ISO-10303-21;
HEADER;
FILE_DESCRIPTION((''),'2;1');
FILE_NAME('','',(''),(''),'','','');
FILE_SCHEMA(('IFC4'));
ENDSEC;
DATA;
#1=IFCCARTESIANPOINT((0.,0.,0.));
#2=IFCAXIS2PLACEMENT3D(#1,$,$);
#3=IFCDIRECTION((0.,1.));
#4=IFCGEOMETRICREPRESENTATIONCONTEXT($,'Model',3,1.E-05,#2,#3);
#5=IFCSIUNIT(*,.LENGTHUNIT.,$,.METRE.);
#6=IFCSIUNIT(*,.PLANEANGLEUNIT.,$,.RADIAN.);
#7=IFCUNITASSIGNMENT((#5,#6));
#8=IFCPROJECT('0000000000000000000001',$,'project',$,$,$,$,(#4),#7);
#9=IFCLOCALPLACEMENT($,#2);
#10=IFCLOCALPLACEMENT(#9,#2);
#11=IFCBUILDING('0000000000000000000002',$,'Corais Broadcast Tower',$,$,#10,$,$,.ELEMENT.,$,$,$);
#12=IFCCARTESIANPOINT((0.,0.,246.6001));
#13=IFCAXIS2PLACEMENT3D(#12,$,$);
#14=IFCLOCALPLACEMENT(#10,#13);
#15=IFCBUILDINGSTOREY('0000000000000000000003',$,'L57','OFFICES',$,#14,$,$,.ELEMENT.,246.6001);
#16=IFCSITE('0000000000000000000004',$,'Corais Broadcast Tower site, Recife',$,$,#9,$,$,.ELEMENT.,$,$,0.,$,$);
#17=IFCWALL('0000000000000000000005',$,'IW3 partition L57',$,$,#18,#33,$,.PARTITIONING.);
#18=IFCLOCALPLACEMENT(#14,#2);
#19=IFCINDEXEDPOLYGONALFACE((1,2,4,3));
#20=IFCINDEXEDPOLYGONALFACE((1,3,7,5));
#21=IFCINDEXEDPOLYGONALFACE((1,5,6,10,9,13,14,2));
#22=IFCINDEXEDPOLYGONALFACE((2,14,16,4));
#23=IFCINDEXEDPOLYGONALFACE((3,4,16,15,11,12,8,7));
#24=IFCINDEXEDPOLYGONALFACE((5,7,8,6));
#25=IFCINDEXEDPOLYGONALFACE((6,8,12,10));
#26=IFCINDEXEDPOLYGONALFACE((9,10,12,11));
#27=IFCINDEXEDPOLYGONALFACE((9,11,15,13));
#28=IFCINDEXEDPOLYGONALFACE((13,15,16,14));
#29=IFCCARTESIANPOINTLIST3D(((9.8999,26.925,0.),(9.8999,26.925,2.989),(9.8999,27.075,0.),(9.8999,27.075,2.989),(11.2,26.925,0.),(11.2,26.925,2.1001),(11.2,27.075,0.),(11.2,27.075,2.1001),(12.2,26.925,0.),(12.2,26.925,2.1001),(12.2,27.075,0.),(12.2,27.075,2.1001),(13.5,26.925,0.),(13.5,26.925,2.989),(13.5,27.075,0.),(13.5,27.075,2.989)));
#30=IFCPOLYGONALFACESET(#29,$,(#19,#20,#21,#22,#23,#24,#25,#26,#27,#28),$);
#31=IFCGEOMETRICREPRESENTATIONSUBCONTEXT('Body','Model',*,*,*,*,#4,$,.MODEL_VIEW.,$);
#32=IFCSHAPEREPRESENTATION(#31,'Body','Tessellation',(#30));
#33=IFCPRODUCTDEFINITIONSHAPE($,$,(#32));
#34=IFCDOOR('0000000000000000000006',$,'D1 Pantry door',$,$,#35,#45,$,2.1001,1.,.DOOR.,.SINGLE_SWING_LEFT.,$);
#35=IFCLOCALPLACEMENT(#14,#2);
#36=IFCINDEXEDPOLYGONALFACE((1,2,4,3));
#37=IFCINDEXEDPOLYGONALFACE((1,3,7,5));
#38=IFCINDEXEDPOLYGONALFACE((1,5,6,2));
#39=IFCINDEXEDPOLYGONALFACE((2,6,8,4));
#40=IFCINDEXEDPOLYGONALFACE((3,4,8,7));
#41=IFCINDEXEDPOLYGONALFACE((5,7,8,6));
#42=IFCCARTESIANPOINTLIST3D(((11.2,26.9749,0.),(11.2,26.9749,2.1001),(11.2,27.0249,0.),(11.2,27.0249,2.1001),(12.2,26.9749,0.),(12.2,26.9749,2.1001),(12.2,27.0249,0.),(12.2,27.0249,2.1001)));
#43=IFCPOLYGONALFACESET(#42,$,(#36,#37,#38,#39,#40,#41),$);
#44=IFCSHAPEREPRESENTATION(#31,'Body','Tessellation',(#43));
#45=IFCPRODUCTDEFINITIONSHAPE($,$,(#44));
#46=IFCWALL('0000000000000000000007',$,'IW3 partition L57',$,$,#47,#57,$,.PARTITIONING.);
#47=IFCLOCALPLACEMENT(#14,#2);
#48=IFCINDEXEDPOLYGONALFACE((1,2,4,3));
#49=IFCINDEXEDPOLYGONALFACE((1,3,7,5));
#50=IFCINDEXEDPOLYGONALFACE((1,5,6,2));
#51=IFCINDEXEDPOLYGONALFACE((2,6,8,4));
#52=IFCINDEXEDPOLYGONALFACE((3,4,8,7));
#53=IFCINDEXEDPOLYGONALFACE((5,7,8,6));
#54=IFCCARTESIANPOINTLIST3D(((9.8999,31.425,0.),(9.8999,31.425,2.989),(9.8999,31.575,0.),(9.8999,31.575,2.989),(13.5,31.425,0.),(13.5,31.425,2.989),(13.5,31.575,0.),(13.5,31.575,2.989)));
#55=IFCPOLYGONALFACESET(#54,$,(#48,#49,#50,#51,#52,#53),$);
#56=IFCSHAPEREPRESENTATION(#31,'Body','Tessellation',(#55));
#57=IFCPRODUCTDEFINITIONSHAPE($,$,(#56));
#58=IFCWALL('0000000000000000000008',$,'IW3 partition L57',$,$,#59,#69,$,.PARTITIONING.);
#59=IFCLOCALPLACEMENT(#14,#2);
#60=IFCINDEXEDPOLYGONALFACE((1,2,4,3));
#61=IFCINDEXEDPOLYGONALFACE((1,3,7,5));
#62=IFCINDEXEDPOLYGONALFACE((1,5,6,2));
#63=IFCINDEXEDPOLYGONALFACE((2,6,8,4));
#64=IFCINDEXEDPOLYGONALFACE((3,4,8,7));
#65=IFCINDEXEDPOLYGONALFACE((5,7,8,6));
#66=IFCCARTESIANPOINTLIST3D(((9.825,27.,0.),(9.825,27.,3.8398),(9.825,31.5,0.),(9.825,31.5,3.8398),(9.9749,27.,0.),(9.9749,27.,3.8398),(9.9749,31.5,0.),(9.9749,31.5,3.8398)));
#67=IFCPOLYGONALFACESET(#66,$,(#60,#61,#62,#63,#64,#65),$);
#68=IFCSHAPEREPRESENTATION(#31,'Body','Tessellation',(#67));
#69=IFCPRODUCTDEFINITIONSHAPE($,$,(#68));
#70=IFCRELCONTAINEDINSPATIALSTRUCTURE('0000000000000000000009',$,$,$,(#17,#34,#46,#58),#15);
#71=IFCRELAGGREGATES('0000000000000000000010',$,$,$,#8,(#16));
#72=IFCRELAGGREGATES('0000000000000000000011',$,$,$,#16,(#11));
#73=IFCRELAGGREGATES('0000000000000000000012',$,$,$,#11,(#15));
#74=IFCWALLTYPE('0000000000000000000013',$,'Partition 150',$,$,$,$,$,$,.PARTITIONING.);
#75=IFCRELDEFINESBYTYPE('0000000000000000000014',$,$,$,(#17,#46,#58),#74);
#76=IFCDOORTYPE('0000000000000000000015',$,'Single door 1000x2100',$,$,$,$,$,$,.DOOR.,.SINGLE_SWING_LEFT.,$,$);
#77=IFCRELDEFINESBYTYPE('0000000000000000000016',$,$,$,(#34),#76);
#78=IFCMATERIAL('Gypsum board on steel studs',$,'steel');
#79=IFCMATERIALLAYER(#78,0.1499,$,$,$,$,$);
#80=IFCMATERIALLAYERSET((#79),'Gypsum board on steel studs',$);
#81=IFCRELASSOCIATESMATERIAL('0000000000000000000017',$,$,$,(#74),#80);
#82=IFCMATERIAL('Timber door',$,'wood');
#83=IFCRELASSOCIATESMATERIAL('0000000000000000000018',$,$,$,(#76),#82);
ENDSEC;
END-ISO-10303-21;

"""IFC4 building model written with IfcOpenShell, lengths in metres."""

from ifc_helpers import new_model, si_unit, direction, frame, frame_2d, origin, place, context, subcontext, project, spatial, rectangle, extrude, material, layer, layer_set, type_object, element, fill, save


model = new_model("IFC4")

# Units and contexts
model_context = context("Model", 3, precision=1e-05, world=origin(), true_north=direction((0.0, 1.0)))
body_context = subcontext(model_context, "Body", "Model", "MODEL_VIEW")
ifc_project = project(units=[si_unit("LENGTHUNIT", "METRE"), si_unit("PLANEANGLEUNIT", "RADIAN")], contexts=[model_context])

# Site, building, storey
site_placement = place(None, origin())
site = spatial("IfcSite", under=ifc_project, at=site_placement, Name="Corais Broadcast Tower site, Recife", CompositionType="ELEMENT", RefElevation=0.0)
building_placement = place(site_placement, origin())
building = spatial("IfcBuilding", under=site, at=building_placement, Name="Corais Broadcast Tower", CompositionType="ELEMENT")
storey_placement = place(building_placement, frame((0.0, 0.0, 246.6001)))
storey = spatial("IfcBuildingStorey", under=building, at=storey_placement, Name="L57", Description="OFFICES", CompositionType="ELEMENT", Elevation=246.6001)

# Shared definitions
ifc_material_1 = material(Name="Gypsum board on steel studs", Category="steel")
ifc_layer_1 = layer(ifc_material_1, 0.1499)
ifc_layer_set_1 = layer_set([ifc_layer_1], Name="Gypsum board on steel studs")
wall_type_1 = type_object("IfcWallType", Name="Partition 150", PredefinedType="PARTITIONING", material=ifc_layer_set_1)

# Wall, opening, door
wall_1_placement = place(storey_placement, frame((9.8999, 27.0, 0.0), z_axis=(0.0, 0.0, 1.0), x_axis=(1.0, 0.0, 0.0)))
wall_1 = element("IfcWall", 1, at=wall_1_placement, inside=storey, type_object=wall_type_1, Name="IW3 partition L57", PredefinedType="PARTITIONING", context=body_context, shape_type="SweptSolid", body=[
    extrude(rectangle(XDim=3.6001, YDim=0.1499, at=frame_2d((1.8, 0.0))), origin(), (0.0, 0.0, 1.0), 2.989),
])
opening_1_placement = place(wall_1_placement, frame((1.3, 0.0, 0.0)))
opening_1 = element("IfcOpeningElement", 2, at=opening_1_placement, cuts=wall_1, PredefinedType="OPENING", context=body_context, shape_type="SweptSolid", body=[
    extrude(rectangle(XDim=1.0, YDim=2.1001, at=frame_2d((0.5, 1.05))), frame((0.0, 0.085, 0.0), z_axis=(0.0, -1.0, 0.0), x_axis=(1.0, 0.0, 0.0)), (0.0, 0.0, 1.0), 0.1699),
])
ifc_material_2 = material(Name="Timber door", Category="wood")
door_type_1 = type_object("IfcDoorType", Name="Single door 1000x2100", OperationType="SINGLE_SWING_LEFT", PredefinedType="DOOR", material=ifc_material_2)
door_1_placement = place(opening_1_placement, origin())
door_1 = element("IfcDoor", 3, at=door_1_placement, inside=storey, type_object=door_type_1, Name="D1 Pantry door", OperationType="SINGLE_SWING_LEFT", OverallHeight=2.1001, OverallWidth=1.0, PredefinedType="DOOR", context=body_context, shape_type="SweptSolid", body=[
    extrude(rectangle(XDim=1.0, YDim=2.1001, at=frame_2d((0.5, 1.05))), frame((0.0, 0.0249, 0.0), z_axis=(0.0, -1.0, 0.0), x_axis=(1.0, 0.0, 0.0)), (0.0, 0.0, 1.0), 0.05),
])
fill(opening_1, door_1)

# Walls
wall_2_placement = place(storey_placement, frame((13.5, 31.5, 0.0), z_axis=(0.0, 0.0, 1.0), x_axis=(-1.0, 0.0, 0.0)))
element("IfcWall", 4, at=wall_2_placement, inside=storey, type_object=wall_type_1, Name="IW3 partition L57", PredefinedType="PARTITIONING", context=body_context, shape_type="SweptSolid", body=[
    extrude(rectangle(XDim=3.6001, YDim=0.1499, at=frame_2d((1.8, 0.0))), origin(), (0.0, 0.0, 1.0), 2.989),
])
wall_3_placement = place(storey_placement, frame((9.8999, 31.5, 0.0), z_axis=(0.0, 0.0, 1.0), x_axis=(0.0, -1.0, 0.0)))
element("IfcWall", 5, at=wall_3_placement, inside=storey, type_object=wall_type_1, Name="IW3 partition L57", PredefinedType="PARTITIONING", context=body_context, shape_type="SweptSolid", body=[
    extrude(rectangle(XDim=4.5, YDim=0.1499, at=frame_2d((2.25, 0.0))), origin(), (0.0, 0.0, 1.0), 3.8398),
])

save(model, "model.ifc")
